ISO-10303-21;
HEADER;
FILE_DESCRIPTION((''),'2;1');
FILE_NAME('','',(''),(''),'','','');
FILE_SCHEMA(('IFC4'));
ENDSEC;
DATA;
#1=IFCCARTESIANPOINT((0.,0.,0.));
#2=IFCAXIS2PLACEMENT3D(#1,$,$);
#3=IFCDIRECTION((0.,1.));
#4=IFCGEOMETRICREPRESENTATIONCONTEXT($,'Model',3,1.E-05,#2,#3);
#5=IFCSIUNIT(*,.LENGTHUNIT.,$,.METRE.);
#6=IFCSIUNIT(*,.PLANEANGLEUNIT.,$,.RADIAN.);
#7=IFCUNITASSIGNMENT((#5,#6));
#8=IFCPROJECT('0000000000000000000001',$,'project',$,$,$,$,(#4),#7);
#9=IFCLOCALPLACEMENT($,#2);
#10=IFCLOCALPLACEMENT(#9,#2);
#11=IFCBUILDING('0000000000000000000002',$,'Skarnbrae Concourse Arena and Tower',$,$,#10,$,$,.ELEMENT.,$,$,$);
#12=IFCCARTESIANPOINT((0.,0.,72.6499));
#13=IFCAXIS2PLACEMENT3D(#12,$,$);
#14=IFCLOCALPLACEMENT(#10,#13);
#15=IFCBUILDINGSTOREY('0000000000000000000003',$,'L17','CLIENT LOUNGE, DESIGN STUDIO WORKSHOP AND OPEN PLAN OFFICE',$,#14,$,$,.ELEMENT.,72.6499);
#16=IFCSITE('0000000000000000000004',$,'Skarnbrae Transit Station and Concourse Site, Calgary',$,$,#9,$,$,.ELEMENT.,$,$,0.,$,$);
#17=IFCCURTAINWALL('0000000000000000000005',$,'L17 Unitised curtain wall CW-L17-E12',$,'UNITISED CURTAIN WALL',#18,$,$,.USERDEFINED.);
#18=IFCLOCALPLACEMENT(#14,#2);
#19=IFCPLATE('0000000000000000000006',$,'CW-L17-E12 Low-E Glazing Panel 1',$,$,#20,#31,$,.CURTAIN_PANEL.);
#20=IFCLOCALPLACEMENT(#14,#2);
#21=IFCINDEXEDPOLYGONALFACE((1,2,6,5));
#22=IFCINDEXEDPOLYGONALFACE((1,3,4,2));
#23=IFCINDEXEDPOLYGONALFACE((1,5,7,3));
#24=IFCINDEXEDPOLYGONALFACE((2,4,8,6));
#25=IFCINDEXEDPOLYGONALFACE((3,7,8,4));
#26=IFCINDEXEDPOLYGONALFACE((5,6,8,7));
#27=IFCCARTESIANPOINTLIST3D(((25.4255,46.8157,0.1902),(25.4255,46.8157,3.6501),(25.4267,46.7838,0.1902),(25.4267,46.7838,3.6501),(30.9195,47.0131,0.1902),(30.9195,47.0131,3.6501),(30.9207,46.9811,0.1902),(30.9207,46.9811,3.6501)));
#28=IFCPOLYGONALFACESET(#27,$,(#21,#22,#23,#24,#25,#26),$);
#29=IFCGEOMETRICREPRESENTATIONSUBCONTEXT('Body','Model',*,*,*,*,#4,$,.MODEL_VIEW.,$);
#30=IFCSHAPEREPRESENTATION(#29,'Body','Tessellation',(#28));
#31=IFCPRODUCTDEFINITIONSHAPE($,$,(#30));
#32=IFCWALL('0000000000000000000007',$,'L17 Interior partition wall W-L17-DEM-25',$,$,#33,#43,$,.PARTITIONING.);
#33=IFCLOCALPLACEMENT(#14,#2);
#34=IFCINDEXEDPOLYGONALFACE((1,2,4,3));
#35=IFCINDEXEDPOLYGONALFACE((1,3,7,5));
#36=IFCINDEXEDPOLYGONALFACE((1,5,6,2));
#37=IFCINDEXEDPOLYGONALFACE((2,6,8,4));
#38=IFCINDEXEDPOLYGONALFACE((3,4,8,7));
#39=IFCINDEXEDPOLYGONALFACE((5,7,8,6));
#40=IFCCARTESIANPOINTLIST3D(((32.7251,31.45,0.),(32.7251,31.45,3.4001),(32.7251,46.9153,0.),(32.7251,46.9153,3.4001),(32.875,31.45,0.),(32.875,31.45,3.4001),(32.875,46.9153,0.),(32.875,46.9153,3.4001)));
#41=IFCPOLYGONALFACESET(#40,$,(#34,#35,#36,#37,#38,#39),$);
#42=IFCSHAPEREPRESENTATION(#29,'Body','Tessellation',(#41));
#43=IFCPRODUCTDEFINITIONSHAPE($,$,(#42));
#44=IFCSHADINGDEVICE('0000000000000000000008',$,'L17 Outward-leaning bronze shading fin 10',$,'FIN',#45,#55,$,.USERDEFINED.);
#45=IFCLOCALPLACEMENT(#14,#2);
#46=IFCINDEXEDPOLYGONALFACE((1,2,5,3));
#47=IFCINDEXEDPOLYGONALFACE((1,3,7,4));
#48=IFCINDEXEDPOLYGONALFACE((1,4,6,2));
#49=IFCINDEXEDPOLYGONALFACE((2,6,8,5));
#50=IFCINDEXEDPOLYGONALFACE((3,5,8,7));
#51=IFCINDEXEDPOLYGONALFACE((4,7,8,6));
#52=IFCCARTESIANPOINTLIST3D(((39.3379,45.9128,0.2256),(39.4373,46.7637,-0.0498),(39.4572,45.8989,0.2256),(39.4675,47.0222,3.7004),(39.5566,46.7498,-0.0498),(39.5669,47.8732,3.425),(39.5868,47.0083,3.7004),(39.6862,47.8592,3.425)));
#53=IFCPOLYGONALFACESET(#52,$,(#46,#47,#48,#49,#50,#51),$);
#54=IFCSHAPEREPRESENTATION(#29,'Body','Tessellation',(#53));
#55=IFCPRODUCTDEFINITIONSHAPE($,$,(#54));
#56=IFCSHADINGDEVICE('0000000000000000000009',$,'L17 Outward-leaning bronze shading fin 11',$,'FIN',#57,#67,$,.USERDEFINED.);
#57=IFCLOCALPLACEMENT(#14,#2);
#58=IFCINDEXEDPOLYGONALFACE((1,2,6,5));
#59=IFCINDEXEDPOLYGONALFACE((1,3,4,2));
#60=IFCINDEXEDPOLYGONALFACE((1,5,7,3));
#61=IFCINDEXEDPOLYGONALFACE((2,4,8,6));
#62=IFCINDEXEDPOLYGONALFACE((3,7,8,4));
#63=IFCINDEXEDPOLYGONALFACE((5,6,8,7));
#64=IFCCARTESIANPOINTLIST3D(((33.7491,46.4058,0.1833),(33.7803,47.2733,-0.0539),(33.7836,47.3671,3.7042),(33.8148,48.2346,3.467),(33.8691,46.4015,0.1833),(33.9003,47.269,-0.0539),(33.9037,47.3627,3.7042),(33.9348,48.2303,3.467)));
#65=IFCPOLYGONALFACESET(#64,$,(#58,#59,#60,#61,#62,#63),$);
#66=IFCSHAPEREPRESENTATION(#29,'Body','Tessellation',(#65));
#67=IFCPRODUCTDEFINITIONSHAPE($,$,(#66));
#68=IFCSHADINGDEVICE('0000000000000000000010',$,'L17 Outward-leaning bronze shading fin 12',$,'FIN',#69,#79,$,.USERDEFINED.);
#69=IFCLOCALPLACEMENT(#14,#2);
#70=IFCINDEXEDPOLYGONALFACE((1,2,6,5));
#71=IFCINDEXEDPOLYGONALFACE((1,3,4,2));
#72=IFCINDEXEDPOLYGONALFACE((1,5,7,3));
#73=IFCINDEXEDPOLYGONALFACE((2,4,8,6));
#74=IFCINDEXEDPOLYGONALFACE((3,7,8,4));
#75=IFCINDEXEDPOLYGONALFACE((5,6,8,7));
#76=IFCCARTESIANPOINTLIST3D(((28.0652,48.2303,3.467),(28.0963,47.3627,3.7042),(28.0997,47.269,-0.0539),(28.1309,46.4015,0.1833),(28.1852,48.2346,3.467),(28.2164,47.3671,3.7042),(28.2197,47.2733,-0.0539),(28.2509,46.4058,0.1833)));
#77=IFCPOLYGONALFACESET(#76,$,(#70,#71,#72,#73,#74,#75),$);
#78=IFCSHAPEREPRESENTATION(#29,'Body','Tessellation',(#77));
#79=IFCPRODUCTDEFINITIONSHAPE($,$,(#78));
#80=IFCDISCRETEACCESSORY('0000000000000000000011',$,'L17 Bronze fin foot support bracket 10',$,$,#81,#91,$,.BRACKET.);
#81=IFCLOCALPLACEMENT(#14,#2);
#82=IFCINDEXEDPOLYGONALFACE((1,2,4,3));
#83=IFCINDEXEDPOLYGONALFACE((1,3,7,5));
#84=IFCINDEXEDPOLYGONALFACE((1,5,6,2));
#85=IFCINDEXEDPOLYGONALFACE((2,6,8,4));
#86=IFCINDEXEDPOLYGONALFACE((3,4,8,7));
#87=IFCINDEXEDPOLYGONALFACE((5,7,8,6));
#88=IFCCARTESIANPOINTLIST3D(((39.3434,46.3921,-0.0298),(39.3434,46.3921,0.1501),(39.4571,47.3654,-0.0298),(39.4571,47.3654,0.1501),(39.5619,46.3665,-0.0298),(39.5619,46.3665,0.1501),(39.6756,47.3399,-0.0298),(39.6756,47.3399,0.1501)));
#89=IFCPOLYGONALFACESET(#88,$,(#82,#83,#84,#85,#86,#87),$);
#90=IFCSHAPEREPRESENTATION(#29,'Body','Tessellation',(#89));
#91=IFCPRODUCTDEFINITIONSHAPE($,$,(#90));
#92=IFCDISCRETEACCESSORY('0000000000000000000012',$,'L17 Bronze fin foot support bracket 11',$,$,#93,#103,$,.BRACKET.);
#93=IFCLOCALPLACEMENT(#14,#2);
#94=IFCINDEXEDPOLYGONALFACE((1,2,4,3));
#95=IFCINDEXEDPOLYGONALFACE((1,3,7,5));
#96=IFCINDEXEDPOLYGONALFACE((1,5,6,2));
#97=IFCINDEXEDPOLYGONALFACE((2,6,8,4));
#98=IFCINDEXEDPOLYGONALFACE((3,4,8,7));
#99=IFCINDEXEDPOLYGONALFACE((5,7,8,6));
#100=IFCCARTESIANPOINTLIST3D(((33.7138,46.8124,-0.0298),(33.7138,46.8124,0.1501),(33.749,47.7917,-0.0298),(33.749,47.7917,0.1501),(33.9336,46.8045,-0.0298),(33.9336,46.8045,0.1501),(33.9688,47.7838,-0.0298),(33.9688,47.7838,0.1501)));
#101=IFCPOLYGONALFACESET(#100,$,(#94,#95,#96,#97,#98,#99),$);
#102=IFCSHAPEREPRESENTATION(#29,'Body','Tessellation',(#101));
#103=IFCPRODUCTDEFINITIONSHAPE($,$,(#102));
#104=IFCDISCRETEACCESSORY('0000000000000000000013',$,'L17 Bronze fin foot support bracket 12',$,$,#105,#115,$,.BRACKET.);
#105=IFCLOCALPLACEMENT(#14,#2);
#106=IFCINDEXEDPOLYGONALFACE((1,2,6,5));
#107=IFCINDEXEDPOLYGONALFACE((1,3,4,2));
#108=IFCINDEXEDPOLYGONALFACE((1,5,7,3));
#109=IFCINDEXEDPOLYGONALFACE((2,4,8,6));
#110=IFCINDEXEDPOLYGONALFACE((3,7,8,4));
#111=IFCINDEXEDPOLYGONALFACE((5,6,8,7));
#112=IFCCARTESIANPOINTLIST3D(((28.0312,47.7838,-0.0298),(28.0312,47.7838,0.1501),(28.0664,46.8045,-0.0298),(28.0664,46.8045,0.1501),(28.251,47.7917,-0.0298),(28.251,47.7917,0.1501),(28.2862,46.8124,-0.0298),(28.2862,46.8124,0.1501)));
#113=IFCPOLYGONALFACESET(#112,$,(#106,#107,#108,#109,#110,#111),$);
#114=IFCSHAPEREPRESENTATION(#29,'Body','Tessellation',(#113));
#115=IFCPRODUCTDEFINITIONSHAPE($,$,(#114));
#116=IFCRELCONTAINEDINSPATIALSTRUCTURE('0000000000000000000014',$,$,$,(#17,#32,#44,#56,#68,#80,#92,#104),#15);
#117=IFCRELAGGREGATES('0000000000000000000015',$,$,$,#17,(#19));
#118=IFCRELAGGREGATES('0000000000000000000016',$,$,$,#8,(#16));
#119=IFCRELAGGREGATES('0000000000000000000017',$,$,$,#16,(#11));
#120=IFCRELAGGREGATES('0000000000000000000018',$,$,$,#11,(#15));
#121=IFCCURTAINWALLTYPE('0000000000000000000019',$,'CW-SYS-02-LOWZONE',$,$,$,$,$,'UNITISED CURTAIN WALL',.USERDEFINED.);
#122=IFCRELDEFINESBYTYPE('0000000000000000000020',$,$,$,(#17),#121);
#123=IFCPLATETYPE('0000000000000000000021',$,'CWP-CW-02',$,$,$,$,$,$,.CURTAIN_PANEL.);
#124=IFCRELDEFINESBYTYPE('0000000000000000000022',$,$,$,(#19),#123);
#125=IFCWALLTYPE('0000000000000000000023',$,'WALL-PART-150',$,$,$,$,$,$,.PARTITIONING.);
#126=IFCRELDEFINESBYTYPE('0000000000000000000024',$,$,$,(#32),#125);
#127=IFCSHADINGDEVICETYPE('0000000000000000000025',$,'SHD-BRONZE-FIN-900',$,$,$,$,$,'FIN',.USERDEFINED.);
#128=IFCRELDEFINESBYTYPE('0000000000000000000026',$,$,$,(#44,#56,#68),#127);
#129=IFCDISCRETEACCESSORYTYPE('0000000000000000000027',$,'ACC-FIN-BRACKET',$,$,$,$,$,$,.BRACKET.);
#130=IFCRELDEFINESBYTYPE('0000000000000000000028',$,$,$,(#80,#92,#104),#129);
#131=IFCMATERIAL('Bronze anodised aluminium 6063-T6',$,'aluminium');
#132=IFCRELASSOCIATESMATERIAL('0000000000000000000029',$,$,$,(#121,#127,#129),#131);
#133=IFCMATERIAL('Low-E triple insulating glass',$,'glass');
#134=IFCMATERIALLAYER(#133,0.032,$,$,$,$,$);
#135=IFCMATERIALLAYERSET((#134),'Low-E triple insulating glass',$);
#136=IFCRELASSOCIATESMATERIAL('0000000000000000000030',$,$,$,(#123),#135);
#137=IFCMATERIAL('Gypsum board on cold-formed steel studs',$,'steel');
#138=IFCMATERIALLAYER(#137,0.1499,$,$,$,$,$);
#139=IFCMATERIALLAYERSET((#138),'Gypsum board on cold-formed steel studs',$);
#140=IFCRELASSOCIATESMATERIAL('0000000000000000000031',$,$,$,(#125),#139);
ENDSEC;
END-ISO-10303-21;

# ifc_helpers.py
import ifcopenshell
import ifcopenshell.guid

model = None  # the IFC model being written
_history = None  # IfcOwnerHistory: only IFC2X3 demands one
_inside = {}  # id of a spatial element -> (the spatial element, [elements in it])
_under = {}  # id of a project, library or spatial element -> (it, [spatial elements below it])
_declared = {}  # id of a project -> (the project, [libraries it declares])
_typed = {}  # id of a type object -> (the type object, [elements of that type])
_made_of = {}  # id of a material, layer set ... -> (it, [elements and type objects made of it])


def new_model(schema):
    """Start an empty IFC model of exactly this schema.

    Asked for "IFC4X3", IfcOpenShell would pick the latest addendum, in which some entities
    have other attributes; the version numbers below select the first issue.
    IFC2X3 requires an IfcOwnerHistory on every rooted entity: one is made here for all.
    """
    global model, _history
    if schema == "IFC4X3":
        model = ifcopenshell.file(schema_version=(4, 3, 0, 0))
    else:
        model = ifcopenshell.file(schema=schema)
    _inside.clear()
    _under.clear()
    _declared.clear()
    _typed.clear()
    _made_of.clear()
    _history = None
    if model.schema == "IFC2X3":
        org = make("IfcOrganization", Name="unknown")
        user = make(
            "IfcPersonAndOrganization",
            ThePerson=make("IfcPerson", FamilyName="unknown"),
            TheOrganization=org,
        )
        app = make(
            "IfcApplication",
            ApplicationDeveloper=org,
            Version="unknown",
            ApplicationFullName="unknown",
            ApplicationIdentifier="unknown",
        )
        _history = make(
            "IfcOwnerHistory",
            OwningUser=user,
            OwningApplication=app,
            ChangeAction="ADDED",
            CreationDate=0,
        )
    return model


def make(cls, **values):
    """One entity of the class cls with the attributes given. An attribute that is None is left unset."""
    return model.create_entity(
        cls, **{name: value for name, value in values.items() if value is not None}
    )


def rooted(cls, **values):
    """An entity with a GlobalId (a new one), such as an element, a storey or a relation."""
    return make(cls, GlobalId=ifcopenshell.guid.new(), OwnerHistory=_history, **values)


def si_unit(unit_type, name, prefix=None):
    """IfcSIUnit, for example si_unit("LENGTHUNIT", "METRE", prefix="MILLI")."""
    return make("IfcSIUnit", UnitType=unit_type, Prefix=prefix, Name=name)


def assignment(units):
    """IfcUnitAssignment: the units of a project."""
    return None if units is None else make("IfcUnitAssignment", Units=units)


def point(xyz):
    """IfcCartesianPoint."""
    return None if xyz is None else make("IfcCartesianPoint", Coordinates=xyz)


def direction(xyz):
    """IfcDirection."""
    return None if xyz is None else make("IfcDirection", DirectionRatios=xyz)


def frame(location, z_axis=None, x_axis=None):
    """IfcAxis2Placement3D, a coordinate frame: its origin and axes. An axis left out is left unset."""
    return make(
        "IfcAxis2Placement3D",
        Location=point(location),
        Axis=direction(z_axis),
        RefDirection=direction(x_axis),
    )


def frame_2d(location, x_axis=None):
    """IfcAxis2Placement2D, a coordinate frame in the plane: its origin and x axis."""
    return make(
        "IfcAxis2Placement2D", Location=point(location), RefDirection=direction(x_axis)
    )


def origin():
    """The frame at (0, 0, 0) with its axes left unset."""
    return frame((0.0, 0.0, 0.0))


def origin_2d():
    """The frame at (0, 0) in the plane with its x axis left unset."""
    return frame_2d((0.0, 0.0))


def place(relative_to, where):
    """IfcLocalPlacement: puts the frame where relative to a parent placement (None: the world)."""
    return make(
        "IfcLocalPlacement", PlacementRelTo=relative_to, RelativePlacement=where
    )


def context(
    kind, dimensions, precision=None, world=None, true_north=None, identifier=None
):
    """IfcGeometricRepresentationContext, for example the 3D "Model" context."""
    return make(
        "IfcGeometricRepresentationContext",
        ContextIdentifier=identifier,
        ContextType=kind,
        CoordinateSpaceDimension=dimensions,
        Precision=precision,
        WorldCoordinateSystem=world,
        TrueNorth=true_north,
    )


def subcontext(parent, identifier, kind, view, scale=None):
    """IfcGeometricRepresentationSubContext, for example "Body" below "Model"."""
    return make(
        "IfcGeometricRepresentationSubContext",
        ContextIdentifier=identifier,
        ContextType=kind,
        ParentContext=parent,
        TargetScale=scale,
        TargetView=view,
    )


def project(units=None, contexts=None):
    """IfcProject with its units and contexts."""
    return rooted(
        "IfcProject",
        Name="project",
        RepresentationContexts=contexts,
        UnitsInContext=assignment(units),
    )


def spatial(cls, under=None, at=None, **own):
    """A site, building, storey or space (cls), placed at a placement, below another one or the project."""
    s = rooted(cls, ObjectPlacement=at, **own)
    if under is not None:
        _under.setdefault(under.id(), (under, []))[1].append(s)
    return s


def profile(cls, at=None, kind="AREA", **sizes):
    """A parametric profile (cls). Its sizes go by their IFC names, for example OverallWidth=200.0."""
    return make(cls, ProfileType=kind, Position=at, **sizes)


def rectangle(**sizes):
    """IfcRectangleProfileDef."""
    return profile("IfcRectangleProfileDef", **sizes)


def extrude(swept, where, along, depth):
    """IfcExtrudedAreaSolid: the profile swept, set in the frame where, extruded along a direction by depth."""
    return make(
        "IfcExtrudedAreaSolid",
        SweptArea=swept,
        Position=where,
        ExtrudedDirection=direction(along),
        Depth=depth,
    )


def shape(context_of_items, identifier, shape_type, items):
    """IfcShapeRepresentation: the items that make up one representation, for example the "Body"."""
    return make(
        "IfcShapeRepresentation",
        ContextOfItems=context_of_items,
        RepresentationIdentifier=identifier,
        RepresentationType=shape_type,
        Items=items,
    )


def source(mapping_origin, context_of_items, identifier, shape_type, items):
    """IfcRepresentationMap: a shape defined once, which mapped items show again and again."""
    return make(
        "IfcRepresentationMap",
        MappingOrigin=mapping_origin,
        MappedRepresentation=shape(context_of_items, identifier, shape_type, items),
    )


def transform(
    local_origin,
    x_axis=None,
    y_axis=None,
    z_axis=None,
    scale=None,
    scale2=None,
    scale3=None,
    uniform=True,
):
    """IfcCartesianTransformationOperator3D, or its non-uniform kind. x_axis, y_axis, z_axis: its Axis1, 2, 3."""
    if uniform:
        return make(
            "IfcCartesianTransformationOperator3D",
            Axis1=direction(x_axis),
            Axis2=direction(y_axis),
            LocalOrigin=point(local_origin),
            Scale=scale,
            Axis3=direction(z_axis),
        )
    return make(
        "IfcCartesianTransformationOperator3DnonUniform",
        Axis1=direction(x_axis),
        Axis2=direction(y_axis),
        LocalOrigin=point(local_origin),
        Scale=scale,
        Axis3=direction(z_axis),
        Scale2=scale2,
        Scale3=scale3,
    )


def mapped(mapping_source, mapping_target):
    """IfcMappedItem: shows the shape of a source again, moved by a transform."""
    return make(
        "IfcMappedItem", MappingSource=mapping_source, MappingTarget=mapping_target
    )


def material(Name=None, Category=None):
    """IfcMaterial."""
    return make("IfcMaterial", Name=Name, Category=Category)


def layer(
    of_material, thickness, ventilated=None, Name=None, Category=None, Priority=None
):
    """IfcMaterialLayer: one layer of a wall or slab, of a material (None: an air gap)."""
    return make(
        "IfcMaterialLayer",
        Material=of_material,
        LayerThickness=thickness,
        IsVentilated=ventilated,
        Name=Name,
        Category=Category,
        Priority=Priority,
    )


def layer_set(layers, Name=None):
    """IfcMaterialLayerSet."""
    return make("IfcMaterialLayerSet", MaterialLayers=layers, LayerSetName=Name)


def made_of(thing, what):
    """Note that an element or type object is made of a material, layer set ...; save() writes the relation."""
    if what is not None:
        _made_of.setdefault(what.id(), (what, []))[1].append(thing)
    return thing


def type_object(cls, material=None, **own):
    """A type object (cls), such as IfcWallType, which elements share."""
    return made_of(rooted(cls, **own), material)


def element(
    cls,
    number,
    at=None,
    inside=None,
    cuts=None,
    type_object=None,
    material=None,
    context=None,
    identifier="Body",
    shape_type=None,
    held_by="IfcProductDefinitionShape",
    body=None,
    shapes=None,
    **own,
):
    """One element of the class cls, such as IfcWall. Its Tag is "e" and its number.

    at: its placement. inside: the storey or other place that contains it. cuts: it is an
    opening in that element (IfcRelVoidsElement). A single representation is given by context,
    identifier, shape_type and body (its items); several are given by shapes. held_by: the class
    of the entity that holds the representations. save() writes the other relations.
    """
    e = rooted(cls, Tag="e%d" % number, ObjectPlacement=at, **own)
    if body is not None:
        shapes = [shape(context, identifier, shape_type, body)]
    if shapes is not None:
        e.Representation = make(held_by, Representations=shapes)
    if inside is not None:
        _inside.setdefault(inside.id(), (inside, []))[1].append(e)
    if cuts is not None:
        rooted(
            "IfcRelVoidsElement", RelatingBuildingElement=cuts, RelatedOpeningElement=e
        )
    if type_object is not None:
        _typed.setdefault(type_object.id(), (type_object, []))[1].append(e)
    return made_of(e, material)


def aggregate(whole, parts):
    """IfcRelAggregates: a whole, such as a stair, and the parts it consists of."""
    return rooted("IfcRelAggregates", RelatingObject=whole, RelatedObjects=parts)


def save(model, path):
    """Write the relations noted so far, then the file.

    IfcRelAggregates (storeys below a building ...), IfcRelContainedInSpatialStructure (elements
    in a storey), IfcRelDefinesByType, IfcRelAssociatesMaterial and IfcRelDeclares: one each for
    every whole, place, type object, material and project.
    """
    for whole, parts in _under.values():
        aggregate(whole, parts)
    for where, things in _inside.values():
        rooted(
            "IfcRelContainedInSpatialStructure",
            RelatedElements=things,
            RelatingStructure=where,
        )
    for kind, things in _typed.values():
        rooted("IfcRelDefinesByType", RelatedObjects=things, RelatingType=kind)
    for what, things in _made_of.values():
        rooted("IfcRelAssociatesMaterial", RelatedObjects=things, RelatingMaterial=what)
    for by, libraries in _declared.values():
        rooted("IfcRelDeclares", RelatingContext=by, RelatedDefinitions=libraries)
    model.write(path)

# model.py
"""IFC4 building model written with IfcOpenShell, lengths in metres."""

from ifc_helpers import new_model, si_unit, direction, frame, frame_2d, origin, origin_2d, place, context, subcontext, project, spatial, rectangle, extrude, source, transform, mapped, material, layer, layer_set, type_object, element, aggregate, save


model = new_model("IFC4")

# Units and contexts
model_context = context("Model", 3, precision=1e-05, world=origin(), true_north=direction((0.0, 1.0)))
body_context = subcontext(model_context, "Body", "Model", "MODEL_VIEW")
ifc_project = project(units=[si_unit("LENGTHUNIT", "METRE"), si_unit("PLANEANGLEUNIT", "RADIAN")], contexts=[model_context])

# Site, building, storey
site_placement = place(None, origin())
site = spatial("IfcSite", under=ifc_project, at=site_placement, Name="Skarnbrae Transit Station and Concourse Site, Calgary", CompositionType="ELEMENT", RefElevation=0.0)
building_placement = place(site_placement, origin())
building = spatial("IfcBuilding", under=site, at=building_placement, Name="Skarnbrae Concourse Arena and Tower", CompositionType="ELEMENT")
storey_placement = place(building_placement, frame((0.0, 0.0, 72.6499)))
storey = spatial("IfcBuildingStorey", under=building, at=storey_placement, Name="L17", Description="CLIENT LOUNGE, DESIGN STUDIO WORKSHOP AND OPEN PLAN OFFICE", CompositionType="ELEMENT", Elevation=72.6499)

# Curtain wall
ifc_material_1 = material(Name="Bronze anodised aluminium 6063-T6", Category="aluminium")
curtain_wall_type = type_object("IfcCurtainWallType", Name="CW-SYS-02-LOWZONE", ElementType="UNITISED CURTAIN WALL", PredefinedType="USERDEFINED", material=ifc_material_1)
curtain_wall_1_placement = place(storey_placement, origin())
curtain_wall_1 = element("IfcCurtainWall", 1, at=curtain_wall_1_placement, inside=storey, type_object=curtain_wall_type, Name="L17 Unitised curtain wall CW-L17-E12", ObjectType="UNITISED CURTAIN WALL", PredefinedType="USERDEFINED")

# Plate
ifc_material_2 = material(Name="Low-E triple insulating glass", Category="glass")
ifc_layer_1 = layer(ifc_material_2, 0.032)
ifc_layer_set_1 = layer_set([ifc_layer_1], Name="Low-E triple insulating glass")
plate_type = type_object("IfcPlateType", Name="CWP-CW-02", PredefinedType="CURTAIN_PANEL", material=ifc_layer_set_1)
shared_shape_1 = source(origin(), body_context, "Body", "SweptSolid", [
    extrude(rectangle(XDim=5.4976, YDim=0.032, at=origin_2d()), origin(), (0.0, 0.0, 1.0), 3.46),
])
plate_1_placement = place(storey_placement, frame((28.1731, 46.8984, 0.1902), z_axis=(0.0, 0.0, 1.0), x_axis=(-0.999355, -0.035899, 0.0)))
plate_1 = element("IfcPlate", 2, at=plate_1_placement, type_object=plate_type, Name="CW-L17-E12 Low-E Glazing Panel 1", PredefinedType="CURTAIN_PANEL", context=body_context, shape_type="MappedRepresentation", body=[
    mapped(shared_shape_1, transform((0.0, 0.0, 0.0))),
])
aggregate(curtain_wall_1, [plate_1])

# Wall
ifc_material_3 = material(Name="Gypsum board on cold-formed steel studs", Category="steel")
ifc_layer_2 = layer(ifc_material_3, 0.1499)
ifc_layer_set_2 = layer_set([ifc_layer_2], Name="Gypsum board on cold-formed steel studs")
wall_type = type_object("IfcWallType", Name="WALL-PART-150", PredefinedType="PARTITIONING", material=ifc_layer_set_2)
shared_shape_2 = source(origin(), body_context, "Body", "SweptSolid", [
    extrude(rectangle(XDim=15.4653, YDim=0.1499, at=frame_2d((7.7327, 0.0))), origin(), (0.0, 0.0, 1.0), 3.4001),
])
wall_placement = place(storey_placement, frame((32.8, 46.9153, 0.0), z_axis=(0.0, 0.0, 1.0), x_axis=(0.0, -1.0, 0.0)))
element("IfcWall", 3, at=wall_placement, inside=storey, type_object=wall_type, Name="L17 Interior partition wall W-L17-DEM-25", PredefinedType="PARTITIONING", context=body_context, shape_type="MappedRepresentation", body=[
    mapped(shared_shape_2, transform((0.0, 0.0, 0.0))),
])

# Shading devices
shading_device_type = type_object("IfcShadingDeviceType", Name="SHD-BRONZE-FIN-900", ElementType="FIN", PredefinedType="USERDEFINED", material=ifc_material_1)
shared_shape_3 = source(origin(), body_context, "Body", "SweptSolid", [
    extrude(rectangle(XDim=0.1201, YDim=0.8999, at=origin_2d()), origin(), (0.0, 0.0, 1.0), 3.6499),
])
for number, where, z_axis, x_axis, name in (
    (4, (39.4473, 46.3313, 0.0879), (0.035513, 0.30396, 0.952023), (0.993244, -0.116047, 0.0), "L17 Outward-leaning bronze shading fin 10"),
    (5, (33.8247, 46.8374, 0.0647), (0.009459, 0.263367, 0.964649), (0.999356, -0.035894, 0.0), "L17 Outward-leaning bronze shading fin 11"),
    (6, (28.1753, 46.8374, 0.0647), (-0.009459, 0.263367, 0.964649), (0.999356, 0.035894, 0.0), "L17 Outward-leaning bronze shading fin 12"),
):
    element("IfcShadingDevice", number, at=place(storey_placement, frame(where, z_axis=z_axis, x_axis=x_axis)), inside=storey, type_object=shading_device_type, Name=name, ObjectType="FIN", PredefinedType="USERDEFINED", context=body_context, shape_type="MappedRepresentation", body=[
        mapped(shared_shape_3, transform((0.0, 0.0, 0.0))),
    ])

# Discrete accessories
discrete_accessory_type = type_object("IfcDiscreteAccessoryType", Name="ACC-FIN-BRACKET", PredefinedType="BRACKET", material=ifc_material_1)
shared_shape_4 = source(origin(), body_context, "Body", "SweptSolid", [
    extrude(rectangle(XDim=0.22, YDim=0.98, at=origin_2d()), origin(), (0.0, 0.0, 1.0), 0.1799),
])
for number, where, z_axis, x_axis, name in (
    (7, (39.5095, 46.866, -0.0298), (0.0, 0.0, 1.0), (0.993244, -0.116047, 0.0), "L17 Bronze fin foot support bracket 10"),
    (8, (33.8413, 47.2981, -0.0298), (0.0, 0.0, 1.0), (0.999356, -0.035894, 0.0), "L17 Bronze fin foot support bracket 11"),
    (9, (28.1587, 47.2981, -0.0298), (0.0, 0.0, 1.0), (0.999356, 0.035894, 0.0), "L17 Bronze fin foot support bracket 12"),
):
    element("IfcDiscreteAccessory", number, at=place(storey_placement, frame(where, z_axis=z_axis, x_axis=x_axis)), inside=storey, type_object=discrete_accessory_type, Name=name, PredefinedType="BRACKET", context=body_context, shape_type="MappedRepresentation", body=[
        mapped(shared_shape_4, transform((0.0, 0.0, 0.0))),
    ])

save(model, "model.ifc")
